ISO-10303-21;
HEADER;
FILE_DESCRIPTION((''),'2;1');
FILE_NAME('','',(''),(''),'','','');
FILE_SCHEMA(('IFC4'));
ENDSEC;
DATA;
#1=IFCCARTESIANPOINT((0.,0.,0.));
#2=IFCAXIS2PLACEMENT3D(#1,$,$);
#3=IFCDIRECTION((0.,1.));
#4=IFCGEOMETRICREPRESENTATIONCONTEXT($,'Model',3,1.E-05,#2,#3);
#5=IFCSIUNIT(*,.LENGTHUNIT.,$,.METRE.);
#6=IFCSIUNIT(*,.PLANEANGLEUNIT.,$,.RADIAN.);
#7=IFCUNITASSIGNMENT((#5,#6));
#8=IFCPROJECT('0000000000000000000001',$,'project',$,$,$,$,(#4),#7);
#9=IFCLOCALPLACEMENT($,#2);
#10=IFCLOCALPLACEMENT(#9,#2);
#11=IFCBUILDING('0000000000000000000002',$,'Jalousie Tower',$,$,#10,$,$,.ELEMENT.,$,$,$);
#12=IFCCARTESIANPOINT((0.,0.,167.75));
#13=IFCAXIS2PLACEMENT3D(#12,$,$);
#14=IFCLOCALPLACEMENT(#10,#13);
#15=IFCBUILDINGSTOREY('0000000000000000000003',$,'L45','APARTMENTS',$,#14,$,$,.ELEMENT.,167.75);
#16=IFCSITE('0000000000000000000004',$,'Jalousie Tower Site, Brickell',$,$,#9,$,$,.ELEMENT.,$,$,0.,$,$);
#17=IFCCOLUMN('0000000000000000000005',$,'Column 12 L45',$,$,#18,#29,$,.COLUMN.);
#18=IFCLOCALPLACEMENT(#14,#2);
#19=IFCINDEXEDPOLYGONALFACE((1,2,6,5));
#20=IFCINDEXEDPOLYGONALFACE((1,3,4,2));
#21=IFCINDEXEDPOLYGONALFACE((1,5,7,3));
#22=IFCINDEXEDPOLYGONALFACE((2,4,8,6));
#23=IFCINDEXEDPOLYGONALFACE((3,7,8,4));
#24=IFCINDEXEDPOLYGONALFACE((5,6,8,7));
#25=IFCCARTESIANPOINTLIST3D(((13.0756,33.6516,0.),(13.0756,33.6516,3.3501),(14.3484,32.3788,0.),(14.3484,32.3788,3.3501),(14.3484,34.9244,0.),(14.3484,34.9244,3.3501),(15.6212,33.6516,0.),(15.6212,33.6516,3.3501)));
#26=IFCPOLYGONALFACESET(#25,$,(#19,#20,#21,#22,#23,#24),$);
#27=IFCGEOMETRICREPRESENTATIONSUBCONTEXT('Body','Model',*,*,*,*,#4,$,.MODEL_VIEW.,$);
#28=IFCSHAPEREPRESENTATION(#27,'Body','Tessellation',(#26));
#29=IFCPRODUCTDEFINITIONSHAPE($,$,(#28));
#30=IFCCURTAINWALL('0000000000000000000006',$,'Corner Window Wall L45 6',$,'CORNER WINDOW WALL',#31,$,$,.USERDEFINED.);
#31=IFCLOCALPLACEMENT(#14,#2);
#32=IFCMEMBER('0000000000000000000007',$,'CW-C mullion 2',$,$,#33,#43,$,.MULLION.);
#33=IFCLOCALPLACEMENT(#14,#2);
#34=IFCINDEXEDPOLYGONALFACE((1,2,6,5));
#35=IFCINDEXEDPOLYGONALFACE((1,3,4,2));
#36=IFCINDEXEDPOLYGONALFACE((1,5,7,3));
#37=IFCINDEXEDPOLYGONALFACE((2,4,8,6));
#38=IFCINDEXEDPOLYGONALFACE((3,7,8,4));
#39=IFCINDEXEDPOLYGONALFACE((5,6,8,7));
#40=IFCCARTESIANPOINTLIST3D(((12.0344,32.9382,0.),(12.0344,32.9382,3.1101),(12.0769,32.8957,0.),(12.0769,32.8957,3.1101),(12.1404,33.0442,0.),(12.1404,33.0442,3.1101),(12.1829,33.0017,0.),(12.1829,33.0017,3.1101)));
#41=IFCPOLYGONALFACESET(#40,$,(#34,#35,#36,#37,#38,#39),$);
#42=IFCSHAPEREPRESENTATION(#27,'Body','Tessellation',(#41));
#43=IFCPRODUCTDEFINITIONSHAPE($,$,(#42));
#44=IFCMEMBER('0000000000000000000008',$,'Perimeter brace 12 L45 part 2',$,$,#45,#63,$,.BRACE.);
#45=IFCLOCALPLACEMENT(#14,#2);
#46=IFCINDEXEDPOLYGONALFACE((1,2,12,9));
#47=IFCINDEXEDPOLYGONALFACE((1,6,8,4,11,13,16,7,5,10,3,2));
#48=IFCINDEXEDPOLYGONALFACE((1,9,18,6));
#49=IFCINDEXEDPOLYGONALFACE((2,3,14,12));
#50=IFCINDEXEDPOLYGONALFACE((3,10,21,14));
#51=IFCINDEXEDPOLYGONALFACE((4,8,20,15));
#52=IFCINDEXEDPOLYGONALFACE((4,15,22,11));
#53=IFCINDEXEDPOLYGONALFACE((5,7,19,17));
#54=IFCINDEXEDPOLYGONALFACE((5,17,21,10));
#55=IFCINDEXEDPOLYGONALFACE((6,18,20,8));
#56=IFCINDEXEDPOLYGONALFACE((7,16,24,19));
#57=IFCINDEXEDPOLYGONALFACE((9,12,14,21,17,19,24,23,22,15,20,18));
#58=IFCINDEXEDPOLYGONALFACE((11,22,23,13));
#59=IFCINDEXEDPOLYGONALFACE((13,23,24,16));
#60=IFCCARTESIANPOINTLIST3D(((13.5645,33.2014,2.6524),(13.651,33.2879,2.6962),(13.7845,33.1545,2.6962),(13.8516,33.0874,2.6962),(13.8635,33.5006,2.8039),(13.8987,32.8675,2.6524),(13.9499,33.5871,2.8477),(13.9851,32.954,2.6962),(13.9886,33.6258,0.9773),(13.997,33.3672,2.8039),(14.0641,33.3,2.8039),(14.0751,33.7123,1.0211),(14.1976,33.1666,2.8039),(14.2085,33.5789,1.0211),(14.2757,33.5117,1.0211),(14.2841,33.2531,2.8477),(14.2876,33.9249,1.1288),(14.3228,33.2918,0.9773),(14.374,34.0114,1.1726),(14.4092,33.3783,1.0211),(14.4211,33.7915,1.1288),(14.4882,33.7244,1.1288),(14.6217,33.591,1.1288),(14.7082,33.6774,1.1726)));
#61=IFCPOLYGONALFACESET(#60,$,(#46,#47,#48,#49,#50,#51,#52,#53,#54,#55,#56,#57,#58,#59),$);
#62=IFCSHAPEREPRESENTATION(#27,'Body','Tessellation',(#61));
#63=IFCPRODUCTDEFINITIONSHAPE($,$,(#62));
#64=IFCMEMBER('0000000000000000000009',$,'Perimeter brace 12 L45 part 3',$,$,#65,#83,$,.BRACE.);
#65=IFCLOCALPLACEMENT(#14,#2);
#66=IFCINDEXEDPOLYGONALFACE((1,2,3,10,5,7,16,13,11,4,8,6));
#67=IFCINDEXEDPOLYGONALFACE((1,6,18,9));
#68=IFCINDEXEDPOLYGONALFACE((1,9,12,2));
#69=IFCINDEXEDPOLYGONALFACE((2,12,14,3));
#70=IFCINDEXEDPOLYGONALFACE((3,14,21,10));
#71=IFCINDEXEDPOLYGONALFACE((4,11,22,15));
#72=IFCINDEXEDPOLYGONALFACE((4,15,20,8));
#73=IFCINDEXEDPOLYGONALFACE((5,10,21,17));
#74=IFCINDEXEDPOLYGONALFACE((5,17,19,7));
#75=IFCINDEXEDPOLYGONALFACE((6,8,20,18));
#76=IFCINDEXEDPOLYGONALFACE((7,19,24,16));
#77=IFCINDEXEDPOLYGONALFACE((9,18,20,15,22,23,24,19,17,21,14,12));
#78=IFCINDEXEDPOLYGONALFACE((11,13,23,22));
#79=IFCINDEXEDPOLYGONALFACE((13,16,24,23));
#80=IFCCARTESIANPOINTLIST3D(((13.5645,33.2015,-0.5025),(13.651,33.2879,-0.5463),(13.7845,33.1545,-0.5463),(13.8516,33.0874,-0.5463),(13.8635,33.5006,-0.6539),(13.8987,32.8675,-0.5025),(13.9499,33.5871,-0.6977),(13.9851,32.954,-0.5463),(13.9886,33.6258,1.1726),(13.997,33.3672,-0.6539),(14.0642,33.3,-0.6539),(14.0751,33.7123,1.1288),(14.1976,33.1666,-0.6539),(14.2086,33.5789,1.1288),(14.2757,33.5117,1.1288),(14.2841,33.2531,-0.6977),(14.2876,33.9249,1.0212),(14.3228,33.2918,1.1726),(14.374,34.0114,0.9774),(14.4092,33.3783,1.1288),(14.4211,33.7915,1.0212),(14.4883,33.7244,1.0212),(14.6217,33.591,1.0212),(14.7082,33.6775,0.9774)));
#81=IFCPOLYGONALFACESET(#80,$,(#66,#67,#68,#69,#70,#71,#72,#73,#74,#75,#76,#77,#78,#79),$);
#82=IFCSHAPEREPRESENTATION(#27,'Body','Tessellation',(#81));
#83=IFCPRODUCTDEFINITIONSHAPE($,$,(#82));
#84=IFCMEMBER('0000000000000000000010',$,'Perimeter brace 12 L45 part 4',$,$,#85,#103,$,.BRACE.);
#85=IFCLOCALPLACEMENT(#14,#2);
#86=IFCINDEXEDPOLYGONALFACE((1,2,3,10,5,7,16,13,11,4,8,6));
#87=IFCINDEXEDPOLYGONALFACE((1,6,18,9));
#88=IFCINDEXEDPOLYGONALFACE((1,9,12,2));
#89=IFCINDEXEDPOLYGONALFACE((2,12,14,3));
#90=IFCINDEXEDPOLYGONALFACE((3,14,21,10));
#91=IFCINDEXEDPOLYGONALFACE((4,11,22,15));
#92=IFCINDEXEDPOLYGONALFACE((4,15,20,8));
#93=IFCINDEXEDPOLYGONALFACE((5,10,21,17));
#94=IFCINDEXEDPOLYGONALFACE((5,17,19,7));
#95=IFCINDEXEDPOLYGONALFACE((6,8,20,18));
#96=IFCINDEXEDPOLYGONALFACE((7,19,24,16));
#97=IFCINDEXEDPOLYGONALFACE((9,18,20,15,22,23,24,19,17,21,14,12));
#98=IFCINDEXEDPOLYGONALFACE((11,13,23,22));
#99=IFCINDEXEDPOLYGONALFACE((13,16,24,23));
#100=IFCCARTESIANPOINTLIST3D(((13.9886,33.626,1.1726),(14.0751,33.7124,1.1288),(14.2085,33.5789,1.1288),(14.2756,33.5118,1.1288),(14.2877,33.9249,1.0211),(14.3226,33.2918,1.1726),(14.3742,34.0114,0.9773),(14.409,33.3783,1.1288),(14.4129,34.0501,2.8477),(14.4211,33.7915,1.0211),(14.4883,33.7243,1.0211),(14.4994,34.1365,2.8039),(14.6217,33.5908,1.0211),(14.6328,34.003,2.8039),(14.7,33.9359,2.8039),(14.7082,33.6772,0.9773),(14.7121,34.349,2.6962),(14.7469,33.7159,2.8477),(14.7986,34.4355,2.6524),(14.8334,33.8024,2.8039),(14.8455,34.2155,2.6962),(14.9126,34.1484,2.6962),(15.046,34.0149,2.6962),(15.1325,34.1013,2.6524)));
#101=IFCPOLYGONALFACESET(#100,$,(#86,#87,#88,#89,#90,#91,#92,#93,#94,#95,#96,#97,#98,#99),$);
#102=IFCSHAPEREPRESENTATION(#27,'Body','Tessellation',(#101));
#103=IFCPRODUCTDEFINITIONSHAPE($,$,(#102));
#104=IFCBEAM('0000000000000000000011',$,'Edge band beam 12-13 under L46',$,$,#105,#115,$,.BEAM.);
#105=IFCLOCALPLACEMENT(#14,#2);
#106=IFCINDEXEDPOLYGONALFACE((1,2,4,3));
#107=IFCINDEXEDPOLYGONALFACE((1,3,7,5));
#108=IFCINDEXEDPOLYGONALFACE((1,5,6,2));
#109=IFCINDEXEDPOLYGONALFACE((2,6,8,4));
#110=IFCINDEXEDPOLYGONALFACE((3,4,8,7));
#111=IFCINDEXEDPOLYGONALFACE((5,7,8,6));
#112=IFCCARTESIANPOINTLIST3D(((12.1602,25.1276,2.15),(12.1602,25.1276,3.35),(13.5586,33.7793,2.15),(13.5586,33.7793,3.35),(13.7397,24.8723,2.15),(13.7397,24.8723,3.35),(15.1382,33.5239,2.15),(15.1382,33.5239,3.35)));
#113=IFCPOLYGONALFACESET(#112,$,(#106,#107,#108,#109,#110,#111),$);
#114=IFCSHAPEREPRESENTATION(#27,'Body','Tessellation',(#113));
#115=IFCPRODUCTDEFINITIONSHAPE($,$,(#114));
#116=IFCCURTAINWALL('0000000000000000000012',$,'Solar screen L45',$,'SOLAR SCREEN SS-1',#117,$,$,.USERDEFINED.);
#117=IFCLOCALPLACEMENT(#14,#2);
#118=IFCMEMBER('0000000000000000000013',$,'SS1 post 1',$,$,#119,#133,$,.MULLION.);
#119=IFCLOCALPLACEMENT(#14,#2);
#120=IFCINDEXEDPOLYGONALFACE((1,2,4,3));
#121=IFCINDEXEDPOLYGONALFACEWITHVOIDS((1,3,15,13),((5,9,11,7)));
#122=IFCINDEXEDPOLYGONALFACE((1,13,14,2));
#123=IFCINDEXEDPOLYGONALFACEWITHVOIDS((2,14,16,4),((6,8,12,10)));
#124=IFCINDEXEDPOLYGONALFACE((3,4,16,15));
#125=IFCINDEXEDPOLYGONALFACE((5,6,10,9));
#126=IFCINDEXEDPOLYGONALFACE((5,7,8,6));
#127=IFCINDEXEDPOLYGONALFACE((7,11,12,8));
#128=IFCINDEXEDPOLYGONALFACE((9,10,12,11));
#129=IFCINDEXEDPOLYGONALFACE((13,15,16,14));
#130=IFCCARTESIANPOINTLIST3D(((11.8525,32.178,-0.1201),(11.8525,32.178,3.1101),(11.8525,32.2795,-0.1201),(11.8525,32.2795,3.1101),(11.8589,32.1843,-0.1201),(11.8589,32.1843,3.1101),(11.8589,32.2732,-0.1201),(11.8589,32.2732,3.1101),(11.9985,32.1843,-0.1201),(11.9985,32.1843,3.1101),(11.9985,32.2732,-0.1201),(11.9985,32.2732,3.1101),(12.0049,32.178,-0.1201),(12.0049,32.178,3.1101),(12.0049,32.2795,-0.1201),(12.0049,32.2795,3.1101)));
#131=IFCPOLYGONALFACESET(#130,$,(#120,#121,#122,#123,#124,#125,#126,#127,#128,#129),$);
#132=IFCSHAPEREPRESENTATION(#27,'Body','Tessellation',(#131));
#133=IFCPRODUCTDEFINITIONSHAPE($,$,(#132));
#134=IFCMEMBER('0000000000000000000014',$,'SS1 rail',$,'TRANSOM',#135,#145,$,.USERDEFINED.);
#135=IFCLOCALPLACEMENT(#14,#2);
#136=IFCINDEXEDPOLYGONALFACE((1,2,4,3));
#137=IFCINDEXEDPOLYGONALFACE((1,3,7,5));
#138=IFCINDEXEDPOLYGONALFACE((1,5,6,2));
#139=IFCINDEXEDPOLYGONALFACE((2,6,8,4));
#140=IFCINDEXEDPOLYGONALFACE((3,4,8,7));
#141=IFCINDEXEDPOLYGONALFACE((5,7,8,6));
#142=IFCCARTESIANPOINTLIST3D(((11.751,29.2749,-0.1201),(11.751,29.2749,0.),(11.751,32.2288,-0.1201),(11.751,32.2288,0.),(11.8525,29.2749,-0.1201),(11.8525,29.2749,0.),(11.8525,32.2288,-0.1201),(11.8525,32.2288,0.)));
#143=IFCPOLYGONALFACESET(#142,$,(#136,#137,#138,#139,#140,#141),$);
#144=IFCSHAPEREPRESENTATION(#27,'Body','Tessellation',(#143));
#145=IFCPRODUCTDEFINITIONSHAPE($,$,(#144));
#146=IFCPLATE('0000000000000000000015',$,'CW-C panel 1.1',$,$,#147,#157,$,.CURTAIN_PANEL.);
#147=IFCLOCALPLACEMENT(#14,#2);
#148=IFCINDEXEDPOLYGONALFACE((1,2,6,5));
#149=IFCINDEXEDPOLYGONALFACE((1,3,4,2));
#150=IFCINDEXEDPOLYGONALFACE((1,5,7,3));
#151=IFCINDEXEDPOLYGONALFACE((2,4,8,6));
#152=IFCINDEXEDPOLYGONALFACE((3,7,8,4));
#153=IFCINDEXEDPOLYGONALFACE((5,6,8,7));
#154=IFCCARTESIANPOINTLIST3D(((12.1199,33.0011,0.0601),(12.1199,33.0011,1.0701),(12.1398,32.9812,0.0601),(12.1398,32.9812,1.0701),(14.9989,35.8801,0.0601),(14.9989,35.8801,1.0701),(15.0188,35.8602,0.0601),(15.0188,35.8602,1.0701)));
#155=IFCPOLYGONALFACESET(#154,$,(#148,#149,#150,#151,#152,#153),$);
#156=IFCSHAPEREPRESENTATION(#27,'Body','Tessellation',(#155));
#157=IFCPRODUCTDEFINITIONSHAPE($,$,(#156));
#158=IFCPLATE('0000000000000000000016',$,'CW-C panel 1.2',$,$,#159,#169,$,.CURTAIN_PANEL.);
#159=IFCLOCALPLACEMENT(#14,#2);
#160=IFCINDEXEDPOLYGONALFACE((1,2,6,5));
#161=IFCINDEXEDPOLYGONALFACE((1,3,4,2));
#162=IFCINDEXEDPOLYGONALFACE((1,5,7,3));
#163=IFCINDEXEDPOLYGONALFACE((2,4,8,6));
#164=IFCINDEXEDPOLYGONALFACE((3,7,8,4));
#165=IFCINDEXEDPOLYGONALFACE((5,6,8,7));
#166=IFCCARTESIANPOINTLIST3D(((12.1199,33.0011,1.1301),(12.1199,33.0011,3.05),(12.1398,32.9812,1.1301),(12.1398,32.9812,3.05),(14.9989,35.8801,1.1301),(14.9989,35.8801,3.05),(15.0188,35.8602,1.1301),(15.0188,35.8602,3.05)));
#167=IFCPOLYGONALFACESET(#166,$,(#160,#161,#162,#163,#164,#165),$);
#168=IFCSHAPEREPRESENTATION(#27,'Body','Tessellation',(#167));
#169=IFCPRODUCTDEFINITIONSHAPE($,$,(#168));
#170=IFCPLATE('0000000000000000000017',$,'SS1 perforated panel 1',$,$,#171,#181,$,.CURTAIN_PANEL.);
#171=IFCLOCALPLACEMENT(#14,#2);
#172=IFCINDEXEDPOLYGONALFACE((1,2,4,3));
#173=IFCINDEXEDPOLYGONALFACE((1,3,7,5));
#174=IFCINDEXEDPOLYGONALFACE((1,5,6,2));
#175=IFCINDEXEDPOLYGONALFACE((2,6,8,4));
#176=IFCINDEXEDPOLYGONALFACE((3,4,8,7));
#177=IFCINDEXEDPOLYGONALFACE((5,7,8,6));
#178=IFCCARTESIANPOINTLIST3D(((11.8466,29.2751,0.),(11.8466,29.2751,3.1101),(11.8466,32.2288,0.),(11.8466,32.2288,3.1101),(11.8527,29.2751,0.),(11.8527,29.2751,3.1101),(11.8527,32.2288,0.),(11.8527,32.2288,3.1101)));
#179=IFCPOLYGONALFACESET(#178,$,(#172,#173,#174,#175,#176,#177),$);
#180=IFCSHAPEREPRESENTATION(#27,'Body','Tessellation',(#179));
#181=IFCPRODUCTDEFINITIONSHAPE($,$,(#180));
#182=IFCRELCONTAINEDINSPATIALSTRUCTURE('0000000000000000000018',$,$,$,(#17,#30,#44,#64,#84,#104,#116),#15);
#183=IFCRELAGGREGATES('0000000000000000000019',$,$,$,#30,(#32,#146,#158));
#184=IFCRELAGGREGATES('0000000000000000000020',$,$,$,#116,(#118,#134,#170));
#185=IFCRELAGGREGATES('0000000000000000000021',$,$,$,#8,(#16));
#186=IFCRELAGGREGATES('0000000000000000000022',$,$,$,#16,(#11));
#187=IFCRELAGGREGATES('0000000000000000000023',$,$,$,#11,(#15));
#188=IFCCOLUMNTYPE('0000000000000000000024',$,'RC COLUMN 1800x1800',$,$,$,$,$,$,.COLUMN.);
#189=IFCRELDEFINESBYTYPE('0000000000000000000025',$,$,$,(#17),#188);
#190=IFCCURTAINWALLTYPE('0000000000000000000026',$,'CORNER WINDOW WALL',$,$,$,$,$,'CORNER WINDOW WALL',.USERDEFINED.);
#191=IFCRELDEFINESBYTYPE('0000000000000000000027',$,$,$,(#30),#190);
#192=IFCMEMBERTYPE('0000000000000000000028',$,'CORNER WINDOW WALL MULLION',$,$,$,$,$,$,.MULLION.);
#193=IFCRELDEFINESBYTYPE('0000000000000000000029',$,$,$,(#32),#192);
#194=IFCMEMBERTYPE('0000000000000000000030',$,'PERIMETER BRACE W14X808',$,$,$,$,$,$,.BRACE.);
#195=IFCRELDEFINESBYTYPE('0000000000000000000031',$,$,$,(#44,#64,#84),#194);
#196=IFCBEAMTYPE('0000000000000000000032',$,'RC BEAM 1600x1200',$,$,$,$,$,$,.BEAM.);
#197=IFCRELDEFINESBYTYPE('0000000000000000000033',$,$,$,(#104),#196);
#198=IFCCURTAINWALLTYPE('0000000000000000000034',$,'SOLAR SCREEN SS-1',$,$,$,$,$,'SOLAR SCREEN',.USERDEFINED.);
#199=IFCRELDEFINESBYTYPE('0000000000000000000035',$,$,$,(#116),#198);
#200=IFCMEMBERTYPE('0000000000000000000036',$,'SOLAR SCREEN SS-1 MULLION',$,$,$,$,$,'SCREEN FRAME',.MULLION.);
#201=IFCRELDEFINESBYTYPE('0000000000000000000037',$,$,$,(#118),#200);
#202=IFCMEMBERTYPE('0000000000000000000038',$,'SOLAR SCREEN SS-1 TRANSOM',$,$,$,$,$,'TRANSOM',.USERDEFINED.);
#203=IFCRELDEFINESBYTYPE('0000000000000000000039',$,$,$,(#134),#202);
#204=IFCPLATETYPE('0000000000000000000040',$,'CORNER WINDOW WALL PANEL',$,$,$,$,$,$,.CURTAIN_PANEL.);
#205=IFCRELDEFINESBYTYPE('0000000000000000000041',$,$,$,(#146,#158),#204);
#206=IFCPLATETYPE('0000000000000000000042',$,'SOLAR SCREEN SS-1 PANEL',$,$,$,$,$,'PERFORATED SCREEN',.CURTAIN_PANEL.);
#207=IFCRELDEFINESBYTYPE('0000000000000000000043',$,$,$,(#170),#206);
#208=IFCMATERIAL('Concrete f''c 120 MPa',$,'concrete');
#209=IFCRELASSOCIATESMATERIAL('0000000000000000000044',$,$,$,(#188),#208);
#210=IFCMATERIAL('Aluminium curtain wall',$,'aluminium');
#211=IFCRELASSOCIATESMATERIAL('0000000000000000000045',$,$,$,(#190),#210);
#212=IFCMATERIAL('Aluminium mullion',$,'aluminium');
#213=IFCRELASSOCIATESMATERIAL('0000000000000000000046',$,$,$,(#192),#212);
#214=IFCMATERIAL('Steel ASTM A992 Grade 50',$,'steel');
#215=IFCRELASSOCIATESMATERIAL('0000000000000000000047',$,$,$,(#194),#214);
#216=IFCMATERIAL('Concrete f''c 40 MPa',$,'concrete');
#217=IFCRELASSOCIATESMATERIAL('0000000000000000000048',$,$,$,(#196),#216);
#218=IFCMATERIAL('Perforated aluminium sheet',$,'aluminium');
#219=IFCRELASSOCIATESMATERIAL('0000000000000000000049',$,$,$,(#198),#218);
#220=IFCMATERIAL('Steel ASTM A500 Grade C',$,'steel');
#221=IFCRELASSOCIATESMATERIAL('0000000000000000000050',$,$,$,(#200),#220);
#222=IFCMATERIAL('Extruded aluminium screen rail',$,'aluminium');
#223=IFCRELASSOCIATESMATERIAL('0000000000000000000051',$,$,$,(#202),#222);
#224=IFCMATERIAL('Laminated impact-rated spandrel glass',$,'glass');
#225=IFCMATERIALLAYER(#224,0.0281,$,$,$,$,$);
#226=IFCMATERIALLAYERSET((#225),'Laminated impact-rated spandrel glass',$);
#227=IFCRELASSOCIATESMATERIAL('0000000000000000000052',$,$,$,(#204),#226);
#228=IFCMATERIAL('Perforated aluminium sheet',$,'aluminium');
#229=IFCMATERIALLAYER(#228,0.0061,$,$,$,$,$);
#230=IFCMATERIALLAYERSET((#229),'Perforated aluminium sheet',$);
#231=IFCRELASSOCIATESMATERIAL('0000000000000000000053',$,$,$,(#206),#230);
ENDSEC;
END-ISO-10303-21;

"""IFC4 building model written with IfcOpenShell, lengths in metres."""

from ifc_helpers import new_model, si_unit, direction, frame, origin, origin_2d, place, context, subcontext, project, spatial, rectangle, hollow_rectangle, i_section, extrude, material, layer, layer_set, material_profile, profile_set, type_object, element, aggregate, save


model = new_model("IFC4")

# Units and contexts
model_context = context("Model", 3, precision=1e-05, world=origin(), true_north=direction((0.0, 1.0)))
body_context = subcontext(model_context, "Body", "Model", "MODEL_VIEW")
ifc_project = project(units=[si_unit("LENGTHUNIT", "METRE"), si_unit("PLANEANGLEUNIT", "RADIAN")], contexts=[model_context])

# Site, building, storey
site_placement = place(None, origin())
site = spatial("IfcSite", under=ifc_project, at=site_placement, Name="Jalousie Tower Site, Brickell", CompositionType="ELEMENT", RefElevation=0.0)
building_placement = place(site_placement, origin())
building = spatial("IfcBuilding", under=site, at=building_placement, Name="Jalousie Tower", CompositionType="ELEMENT")
storey_placement = place(building_placement, frame((0.0, 0.0, 167.75)))
storey = spatial("IfcBuildingStorey", under=building, at=storey_placement, Name="L45", Description="APARTMENTS", CompositionType="ELEMENT", Elevation=167.75)

# Column
ifc_material_1 = material(Name="Concrete f'c 120 MPa", Category="concrete")
ifc_material_profile_1 = material_profile(ifc_material_1, rectangle(XDim=1.8, YDim=1.8, at=origin_2d()), Name="RC 1800x1800")
ifc_profile_set_1 = profile_set([ifc_material_profile_1], Name="Concrete f'c 120 MPa")
column_type = type_object("IfcColumnType", Name="RC COLUMN 1800x1800", PredefinedType="COLUMN", material=ifc_profile_set_1)
column_placement = place(storey_placement, frame((14.3484, 33.6516, 0.0), z_axis=(0.0, 0.0, 1.0), x_axis=(0.707107, 0.707107, 0.0)))
element("IfcColumn", 1, at=column_placement, inside=storey, type_object=column_type, Name="Column 12 L45", PredefinedType="COLUMN", context=body_context, shape_type="SweptSolid", body=[
    extrude(rectangle(XDim=1.8, YDim=1.8, at=origin_2d()), origin(), (0.0, 0.0, 1.0), 3.3501),
])

# Curtain wall, member
ifc_material_2 = material(Name="Aluminium curtain wall", Category="aluminium")
curtain_wall_type_1 = type_object("IfcCurtainWallType", Name="CORNER WINDOW WALL", ElementType="CORNER WINDOW WALL", PredefinedType="USERDEFINED", material=ifc_material_2)
curtain_wall_1_placement = place(storey_placement, origin())
curtain_wall_1 = element("IfcCurtainWall", 2, at=curtain_wall_1_placement, inside=storey, type_object=curtain_wall_type_1, Name="Corner Window Wall L45 6", ObjectType="CORNER WINDOW WALL", PredefinedType="USERDEFINED")
ifc_material_3 = material(Name="Aluminium mullion", Category="aluminium")
ifc_material_profile_2 = material_profile(ifc_material_3, rectangle(XDim=0.0601, YDim=0.1499, at=origin_2d()), Name="MULLION 60x150")
ifc_profile_set_2 = profile_set([ifc_material_profile_2], Name="Aluminium mullion")
member_type_1 = type_object("IfcMemberType", Name="CORNER WINDOW WALL MULLION", PredefinedType="MULLION", material=ifc_profile_set_2)
member_1_placement = place(storey_placement, frame((12.1086, 32.97, 0.0), z_axis=(0.0, 0.0, 1.0), x_axis=(0.707107, -0.707107, 0.0)))
member_1 = element("IfcMember", 3, at=member_1_placement, type_object=member_type_1, Name="CW-C mullion 2", PredefinedType="MULLION", context=body_context, shape_type="SweptSolid", body=[
    extrude(rectangle(XDim=0.0601, YDim=0.1499, at=origin_2d()), origin(), (0.0, 0.0, 1.0), 3.1101),
])

# Members
ifc_material_4 = material(Name="Steel ASTM A992 Grade 50", Category="steel")
ifc_material_profile_3 = material_profile(ifc_material_4, i_section(OverallWidth=0.4724, OverallDepth=0.5791, WebThickness=0.095, FlangeThickness=0.1299, at=origin_2d()), Name="W14X808")
ifc_profile_set_3 = profile_set([ifc_material_profile_3], Name="Steel ASTM A992 Grade 50")
member_type_2 = type_object("IfcMemberType", Name="PERIMETER BRACE W14X808", PredefinedType="BRACE", material=ifc_profile_set_3)
for number, where, z_axis, x_axis, name in (
    (4, (14.3484, 33.6516, 1.075), (-0.238346, -0.238483, 0.941444), (0.70731, -0.706903, 0.0), "Perimeter brace 12 L45 part 2"),
    (5, (13.9243, 33.2273, -0.6001), (0.238346, 0.238483, 0.941444), (-0.70731, 0.706903, 0.0), "Perimeter brace 12 L45 part 3"),
    (6, (14.3484, 33.6516, 1.075), (0.238483, 0.238346, 0.941444), (-0.706903, 0.70731, 0.0), "Perimeter brace 12 L45 part 4"),
):
    element("IfcMember", number, at=place(storey_placement, frame(where, z_axis=z_axis, x_axis=x_axis)), inside=storey, type_object=member_type_2, Name=name, PredefinedType="BRACE", context=body_context, shape_type="SweptSolid", body=[
        extrude(i_section(OverallWidth=0.4724, OverallDepth=0.5791, WebThickness=0.095, FlangeThickness=0.1299, at=origin_2d()), origin(), (0.0, 0.0, 1.0), 1.7793),
    ])

# Beam
ifc_material_5 = material(Name="Concrete f'c 40 MPa", Category="concrete")
ifc_material_profile_4 = material_profile(ifc_material_5, rectangle(XDim=1.6001, YDim=1.2, at=origin_2d()), Name="RC 1600x1200")
ifc_profile_set_4 = profile_set([ifc_material_profile_4], Name="Concrete f'c 40 MPa")
beam_type = type_object("IfcBeamType", Name="RC BEAM 1600x1200", PredefinedType="BEAM", material=ifc_profile_set_4)
beam_placement = place(storey_placement, frame((14.3484, 33.6516, 2.75), z_axis=(-0.159568, -0.987187, 0.0), x_axis=(0.987187, -0.159568, 0.0)))
element("IfcBeam", 7, at=beam_placement, inside=storey, type_object=beam_type, Name="Edge band beam 12-13 under L46", PredefinedType="BEAM", context=body_context, shape_type="SweptSolid", body=[
    extrude(rectangle(XDim=1.6001, YDim=1.2, at=origin_2d()), origin(), (0.0, 0.0, 1.0), 8.7639),
])

# Curtain wall, members
ifc_material_6 = material(Name="Perforated aluminium sheet", Category="aluminium")
curtain_wall_type_2 = type_object("IfcCurtainWallType", Name="SOLAR SCREEN SS-1", ElementType="SOLAR SCREEN", PredefinedType="USERDEFINED", material=ifc_material_6)
curtain_wall_2_placement = place(storey_placement, origin())
curtain_wall_2 = element("IfcCurtainWall", 8, at=curtain_wall_2_placement, inside=storey, type_object=curtain_wall_type_2, Name="Solar screen L45", ObjectType="SOLAR SCREEN SS-1", PredefinedType="USERDEFINED")
ifc_material_7 = material(Name="Steel ASTM A500 Grade C", Category="steel")
ifc_material_profile_5 = material_profile(ifc_material_7, hollow_rectangle(XDim=0.1016, YDim=0.1523, WallThickness=0.0063, at=origin_2d()), Name="HSS6X4X1/4")
ifc_profile_set_5 = profile_set([ifc_material_profile_5], Name="Steel ASTM A500 Grade C")
member_type_3 = type_object("IfcMemberType", Name="SOLAR SCREEN SS-1 MULLION", ElementType="SCREEN FRAME", PredefinedType="MULLION", material=ifc_profile_set_5)
member_2_placement = place(storey_placement, frame((11.9287, 32.2288, -0.1201), z_axis=(0.0, 0.0, 1.0), x_axis=(0.0, -1.0, 0.0)))
member_2 = element("IfcMember", 9, at=member_2_placement, type_object=member_type_3, Name="SS1 post 1", PredefinedType="MULLION", context=body_context, shape_type="SweptSolid", body=[
    extrude(hollow_rectangle(XDim=0.1016, YDim=0.1523, WallThickness=0.0063, at=origin_2d()), origin(), (0.0, 0.0, 1.0), 3.2302),
])
ifc_material_8 = material(Name="Extruded aluminium screen rail", Category="aluminium")
ifc_material_profile_6 = material_profile(ifc_material_8, rectangle(XDim=0.1016, YDim=0.1201, at=origin_2d()), Name="RAIL 102x120")
ifc_profile_set_6 = profile_set([ifc_material_profile_6], Name="Extruded aluminium screen rail")
member_type_4 = type_object("IfcMemberType", Name="SOLAR SCREEN SS-1 TRANSOM", ElementType="TRANSOM", PredefinedType="USERDEFINED", material=ifc_profile_set_6)
member_3_placement = place(storey_placement, frame((11.8018, 32.2288, -0.0601), z_axis=(0.0, -1.0, 0.0), x_axis=(1.0, 0.0, 0.0)))
member_3 = element("IfcMember", 10, at=member_3_placement, type_object=member_type_4, Name="SS1 rail", ObjectType="TRANSOM", PredefinedType="USERDEFINED", context=body_context, shape_type="SweptSolid", body=[
    extrude(rectangle(XDim=0.1016, YDim=0.1201, at=origin_2d()), origin(), (0.0, 0.0, 1.0), 2.9539),
])

# Plates
ifc_material_9 = material(Name="Laminated impact-rated spandrel glass", Category="glass")
ifc_layer_1 = layer(ifc_material_9, 0.0281)
ifc_layer_set_1 = layer_set([ifc_layer_1], Name="Laminated impact-rated spandrel glass")
plate_type_1 = type_object("IfcPlateType", Name="CORNER WINDOW WALL PANEL", PredefinedType="CURTAIN_PANEL", material=ifc_layer_set_1)
plate_1_placement = place(storey_placement, frame((13.5693, 34.4307, 0.0601), z_axis=(0.0, 0.0, 1.0), x_axis=(-0.707107, -0.707107, 0.0)))
plate_1 = element("IfcPlate", 11, at=plate_1_placement, type_object=plate_type_1, Name="CW-C panel 1.1", PredefinedType="CURTAIN_PANEL", context=body_context, shape_type="SweptSolid", body=[
    extrude(rectangle(XDim=4.0715, YDim=0.0281, at=origin_2d()), origin(), (0.0, 0.0, 1.0), 1.01),
])
plate_2_placement = place(storey_placement, frame((13.5693, 34.4307, 1.1301), z_axis=(0.0, 0.0, 1.0), x_axis=(-0.707107, -0.707107, 0.0)))
plate_2 = element("IfcPlate", 12, at=plate_2_placement, type_object=plate_type_1, Name="CW-C panel 1.2", PredefinedType="CURTAIN_PANEL", context=body_context, shape_type="SweptSolid", body=[
    extrude(rectangle(XDim=4.0715, YDim=0.0281, at=origin_2d()), origin(), (0.0, 0.0, 1.0), 1.9199),
])
aggregate(curtain_wall_1, [member_1, plate_1, plate_2])
ifc_material_10 = material(Name="Perforated aluminium sheet", Category="aluminium")
ifc_layer_2 = layer(ifc_material_10, 0.0061)
ifc_layer_set_2 = layer_set([ifc_layer_2], Name="Perforated aluminium sheet")
plate_type_2 = type_object("IfcPlateType", Name="SOLAR SCREEN SS-1 PANEL", ElementType="PERFORATED SCREEN", PredefinedType="CURTAIN_PANEL", material=ifc_layer_set_2)
plate_3_placement = place(storey_placement, frame((11.8496, 30.752, 0.0), z_axis=(0.0, 0.0, 1.0), x_axis=(0.0, -1.0, 0.0)))
plate_3 = element("IfcPlate", 13, at=plate_3_placement, type_object=plate_type_2, Name="SS1 perforated panel 1", PredefinedType="CURTAIN_PANEL", context=body_context, shape_type="SweptSolid", body=[
    extrude(rectangle(XDim=2.9536, YDim=0.0061, at=origin_2d()), origin(), (0.0, 0.0, 1.0), 3.1101),
])
aggregate(curtain_wall_2, [member_2, member_3, plate_3])

save(model, "model.ifc")
